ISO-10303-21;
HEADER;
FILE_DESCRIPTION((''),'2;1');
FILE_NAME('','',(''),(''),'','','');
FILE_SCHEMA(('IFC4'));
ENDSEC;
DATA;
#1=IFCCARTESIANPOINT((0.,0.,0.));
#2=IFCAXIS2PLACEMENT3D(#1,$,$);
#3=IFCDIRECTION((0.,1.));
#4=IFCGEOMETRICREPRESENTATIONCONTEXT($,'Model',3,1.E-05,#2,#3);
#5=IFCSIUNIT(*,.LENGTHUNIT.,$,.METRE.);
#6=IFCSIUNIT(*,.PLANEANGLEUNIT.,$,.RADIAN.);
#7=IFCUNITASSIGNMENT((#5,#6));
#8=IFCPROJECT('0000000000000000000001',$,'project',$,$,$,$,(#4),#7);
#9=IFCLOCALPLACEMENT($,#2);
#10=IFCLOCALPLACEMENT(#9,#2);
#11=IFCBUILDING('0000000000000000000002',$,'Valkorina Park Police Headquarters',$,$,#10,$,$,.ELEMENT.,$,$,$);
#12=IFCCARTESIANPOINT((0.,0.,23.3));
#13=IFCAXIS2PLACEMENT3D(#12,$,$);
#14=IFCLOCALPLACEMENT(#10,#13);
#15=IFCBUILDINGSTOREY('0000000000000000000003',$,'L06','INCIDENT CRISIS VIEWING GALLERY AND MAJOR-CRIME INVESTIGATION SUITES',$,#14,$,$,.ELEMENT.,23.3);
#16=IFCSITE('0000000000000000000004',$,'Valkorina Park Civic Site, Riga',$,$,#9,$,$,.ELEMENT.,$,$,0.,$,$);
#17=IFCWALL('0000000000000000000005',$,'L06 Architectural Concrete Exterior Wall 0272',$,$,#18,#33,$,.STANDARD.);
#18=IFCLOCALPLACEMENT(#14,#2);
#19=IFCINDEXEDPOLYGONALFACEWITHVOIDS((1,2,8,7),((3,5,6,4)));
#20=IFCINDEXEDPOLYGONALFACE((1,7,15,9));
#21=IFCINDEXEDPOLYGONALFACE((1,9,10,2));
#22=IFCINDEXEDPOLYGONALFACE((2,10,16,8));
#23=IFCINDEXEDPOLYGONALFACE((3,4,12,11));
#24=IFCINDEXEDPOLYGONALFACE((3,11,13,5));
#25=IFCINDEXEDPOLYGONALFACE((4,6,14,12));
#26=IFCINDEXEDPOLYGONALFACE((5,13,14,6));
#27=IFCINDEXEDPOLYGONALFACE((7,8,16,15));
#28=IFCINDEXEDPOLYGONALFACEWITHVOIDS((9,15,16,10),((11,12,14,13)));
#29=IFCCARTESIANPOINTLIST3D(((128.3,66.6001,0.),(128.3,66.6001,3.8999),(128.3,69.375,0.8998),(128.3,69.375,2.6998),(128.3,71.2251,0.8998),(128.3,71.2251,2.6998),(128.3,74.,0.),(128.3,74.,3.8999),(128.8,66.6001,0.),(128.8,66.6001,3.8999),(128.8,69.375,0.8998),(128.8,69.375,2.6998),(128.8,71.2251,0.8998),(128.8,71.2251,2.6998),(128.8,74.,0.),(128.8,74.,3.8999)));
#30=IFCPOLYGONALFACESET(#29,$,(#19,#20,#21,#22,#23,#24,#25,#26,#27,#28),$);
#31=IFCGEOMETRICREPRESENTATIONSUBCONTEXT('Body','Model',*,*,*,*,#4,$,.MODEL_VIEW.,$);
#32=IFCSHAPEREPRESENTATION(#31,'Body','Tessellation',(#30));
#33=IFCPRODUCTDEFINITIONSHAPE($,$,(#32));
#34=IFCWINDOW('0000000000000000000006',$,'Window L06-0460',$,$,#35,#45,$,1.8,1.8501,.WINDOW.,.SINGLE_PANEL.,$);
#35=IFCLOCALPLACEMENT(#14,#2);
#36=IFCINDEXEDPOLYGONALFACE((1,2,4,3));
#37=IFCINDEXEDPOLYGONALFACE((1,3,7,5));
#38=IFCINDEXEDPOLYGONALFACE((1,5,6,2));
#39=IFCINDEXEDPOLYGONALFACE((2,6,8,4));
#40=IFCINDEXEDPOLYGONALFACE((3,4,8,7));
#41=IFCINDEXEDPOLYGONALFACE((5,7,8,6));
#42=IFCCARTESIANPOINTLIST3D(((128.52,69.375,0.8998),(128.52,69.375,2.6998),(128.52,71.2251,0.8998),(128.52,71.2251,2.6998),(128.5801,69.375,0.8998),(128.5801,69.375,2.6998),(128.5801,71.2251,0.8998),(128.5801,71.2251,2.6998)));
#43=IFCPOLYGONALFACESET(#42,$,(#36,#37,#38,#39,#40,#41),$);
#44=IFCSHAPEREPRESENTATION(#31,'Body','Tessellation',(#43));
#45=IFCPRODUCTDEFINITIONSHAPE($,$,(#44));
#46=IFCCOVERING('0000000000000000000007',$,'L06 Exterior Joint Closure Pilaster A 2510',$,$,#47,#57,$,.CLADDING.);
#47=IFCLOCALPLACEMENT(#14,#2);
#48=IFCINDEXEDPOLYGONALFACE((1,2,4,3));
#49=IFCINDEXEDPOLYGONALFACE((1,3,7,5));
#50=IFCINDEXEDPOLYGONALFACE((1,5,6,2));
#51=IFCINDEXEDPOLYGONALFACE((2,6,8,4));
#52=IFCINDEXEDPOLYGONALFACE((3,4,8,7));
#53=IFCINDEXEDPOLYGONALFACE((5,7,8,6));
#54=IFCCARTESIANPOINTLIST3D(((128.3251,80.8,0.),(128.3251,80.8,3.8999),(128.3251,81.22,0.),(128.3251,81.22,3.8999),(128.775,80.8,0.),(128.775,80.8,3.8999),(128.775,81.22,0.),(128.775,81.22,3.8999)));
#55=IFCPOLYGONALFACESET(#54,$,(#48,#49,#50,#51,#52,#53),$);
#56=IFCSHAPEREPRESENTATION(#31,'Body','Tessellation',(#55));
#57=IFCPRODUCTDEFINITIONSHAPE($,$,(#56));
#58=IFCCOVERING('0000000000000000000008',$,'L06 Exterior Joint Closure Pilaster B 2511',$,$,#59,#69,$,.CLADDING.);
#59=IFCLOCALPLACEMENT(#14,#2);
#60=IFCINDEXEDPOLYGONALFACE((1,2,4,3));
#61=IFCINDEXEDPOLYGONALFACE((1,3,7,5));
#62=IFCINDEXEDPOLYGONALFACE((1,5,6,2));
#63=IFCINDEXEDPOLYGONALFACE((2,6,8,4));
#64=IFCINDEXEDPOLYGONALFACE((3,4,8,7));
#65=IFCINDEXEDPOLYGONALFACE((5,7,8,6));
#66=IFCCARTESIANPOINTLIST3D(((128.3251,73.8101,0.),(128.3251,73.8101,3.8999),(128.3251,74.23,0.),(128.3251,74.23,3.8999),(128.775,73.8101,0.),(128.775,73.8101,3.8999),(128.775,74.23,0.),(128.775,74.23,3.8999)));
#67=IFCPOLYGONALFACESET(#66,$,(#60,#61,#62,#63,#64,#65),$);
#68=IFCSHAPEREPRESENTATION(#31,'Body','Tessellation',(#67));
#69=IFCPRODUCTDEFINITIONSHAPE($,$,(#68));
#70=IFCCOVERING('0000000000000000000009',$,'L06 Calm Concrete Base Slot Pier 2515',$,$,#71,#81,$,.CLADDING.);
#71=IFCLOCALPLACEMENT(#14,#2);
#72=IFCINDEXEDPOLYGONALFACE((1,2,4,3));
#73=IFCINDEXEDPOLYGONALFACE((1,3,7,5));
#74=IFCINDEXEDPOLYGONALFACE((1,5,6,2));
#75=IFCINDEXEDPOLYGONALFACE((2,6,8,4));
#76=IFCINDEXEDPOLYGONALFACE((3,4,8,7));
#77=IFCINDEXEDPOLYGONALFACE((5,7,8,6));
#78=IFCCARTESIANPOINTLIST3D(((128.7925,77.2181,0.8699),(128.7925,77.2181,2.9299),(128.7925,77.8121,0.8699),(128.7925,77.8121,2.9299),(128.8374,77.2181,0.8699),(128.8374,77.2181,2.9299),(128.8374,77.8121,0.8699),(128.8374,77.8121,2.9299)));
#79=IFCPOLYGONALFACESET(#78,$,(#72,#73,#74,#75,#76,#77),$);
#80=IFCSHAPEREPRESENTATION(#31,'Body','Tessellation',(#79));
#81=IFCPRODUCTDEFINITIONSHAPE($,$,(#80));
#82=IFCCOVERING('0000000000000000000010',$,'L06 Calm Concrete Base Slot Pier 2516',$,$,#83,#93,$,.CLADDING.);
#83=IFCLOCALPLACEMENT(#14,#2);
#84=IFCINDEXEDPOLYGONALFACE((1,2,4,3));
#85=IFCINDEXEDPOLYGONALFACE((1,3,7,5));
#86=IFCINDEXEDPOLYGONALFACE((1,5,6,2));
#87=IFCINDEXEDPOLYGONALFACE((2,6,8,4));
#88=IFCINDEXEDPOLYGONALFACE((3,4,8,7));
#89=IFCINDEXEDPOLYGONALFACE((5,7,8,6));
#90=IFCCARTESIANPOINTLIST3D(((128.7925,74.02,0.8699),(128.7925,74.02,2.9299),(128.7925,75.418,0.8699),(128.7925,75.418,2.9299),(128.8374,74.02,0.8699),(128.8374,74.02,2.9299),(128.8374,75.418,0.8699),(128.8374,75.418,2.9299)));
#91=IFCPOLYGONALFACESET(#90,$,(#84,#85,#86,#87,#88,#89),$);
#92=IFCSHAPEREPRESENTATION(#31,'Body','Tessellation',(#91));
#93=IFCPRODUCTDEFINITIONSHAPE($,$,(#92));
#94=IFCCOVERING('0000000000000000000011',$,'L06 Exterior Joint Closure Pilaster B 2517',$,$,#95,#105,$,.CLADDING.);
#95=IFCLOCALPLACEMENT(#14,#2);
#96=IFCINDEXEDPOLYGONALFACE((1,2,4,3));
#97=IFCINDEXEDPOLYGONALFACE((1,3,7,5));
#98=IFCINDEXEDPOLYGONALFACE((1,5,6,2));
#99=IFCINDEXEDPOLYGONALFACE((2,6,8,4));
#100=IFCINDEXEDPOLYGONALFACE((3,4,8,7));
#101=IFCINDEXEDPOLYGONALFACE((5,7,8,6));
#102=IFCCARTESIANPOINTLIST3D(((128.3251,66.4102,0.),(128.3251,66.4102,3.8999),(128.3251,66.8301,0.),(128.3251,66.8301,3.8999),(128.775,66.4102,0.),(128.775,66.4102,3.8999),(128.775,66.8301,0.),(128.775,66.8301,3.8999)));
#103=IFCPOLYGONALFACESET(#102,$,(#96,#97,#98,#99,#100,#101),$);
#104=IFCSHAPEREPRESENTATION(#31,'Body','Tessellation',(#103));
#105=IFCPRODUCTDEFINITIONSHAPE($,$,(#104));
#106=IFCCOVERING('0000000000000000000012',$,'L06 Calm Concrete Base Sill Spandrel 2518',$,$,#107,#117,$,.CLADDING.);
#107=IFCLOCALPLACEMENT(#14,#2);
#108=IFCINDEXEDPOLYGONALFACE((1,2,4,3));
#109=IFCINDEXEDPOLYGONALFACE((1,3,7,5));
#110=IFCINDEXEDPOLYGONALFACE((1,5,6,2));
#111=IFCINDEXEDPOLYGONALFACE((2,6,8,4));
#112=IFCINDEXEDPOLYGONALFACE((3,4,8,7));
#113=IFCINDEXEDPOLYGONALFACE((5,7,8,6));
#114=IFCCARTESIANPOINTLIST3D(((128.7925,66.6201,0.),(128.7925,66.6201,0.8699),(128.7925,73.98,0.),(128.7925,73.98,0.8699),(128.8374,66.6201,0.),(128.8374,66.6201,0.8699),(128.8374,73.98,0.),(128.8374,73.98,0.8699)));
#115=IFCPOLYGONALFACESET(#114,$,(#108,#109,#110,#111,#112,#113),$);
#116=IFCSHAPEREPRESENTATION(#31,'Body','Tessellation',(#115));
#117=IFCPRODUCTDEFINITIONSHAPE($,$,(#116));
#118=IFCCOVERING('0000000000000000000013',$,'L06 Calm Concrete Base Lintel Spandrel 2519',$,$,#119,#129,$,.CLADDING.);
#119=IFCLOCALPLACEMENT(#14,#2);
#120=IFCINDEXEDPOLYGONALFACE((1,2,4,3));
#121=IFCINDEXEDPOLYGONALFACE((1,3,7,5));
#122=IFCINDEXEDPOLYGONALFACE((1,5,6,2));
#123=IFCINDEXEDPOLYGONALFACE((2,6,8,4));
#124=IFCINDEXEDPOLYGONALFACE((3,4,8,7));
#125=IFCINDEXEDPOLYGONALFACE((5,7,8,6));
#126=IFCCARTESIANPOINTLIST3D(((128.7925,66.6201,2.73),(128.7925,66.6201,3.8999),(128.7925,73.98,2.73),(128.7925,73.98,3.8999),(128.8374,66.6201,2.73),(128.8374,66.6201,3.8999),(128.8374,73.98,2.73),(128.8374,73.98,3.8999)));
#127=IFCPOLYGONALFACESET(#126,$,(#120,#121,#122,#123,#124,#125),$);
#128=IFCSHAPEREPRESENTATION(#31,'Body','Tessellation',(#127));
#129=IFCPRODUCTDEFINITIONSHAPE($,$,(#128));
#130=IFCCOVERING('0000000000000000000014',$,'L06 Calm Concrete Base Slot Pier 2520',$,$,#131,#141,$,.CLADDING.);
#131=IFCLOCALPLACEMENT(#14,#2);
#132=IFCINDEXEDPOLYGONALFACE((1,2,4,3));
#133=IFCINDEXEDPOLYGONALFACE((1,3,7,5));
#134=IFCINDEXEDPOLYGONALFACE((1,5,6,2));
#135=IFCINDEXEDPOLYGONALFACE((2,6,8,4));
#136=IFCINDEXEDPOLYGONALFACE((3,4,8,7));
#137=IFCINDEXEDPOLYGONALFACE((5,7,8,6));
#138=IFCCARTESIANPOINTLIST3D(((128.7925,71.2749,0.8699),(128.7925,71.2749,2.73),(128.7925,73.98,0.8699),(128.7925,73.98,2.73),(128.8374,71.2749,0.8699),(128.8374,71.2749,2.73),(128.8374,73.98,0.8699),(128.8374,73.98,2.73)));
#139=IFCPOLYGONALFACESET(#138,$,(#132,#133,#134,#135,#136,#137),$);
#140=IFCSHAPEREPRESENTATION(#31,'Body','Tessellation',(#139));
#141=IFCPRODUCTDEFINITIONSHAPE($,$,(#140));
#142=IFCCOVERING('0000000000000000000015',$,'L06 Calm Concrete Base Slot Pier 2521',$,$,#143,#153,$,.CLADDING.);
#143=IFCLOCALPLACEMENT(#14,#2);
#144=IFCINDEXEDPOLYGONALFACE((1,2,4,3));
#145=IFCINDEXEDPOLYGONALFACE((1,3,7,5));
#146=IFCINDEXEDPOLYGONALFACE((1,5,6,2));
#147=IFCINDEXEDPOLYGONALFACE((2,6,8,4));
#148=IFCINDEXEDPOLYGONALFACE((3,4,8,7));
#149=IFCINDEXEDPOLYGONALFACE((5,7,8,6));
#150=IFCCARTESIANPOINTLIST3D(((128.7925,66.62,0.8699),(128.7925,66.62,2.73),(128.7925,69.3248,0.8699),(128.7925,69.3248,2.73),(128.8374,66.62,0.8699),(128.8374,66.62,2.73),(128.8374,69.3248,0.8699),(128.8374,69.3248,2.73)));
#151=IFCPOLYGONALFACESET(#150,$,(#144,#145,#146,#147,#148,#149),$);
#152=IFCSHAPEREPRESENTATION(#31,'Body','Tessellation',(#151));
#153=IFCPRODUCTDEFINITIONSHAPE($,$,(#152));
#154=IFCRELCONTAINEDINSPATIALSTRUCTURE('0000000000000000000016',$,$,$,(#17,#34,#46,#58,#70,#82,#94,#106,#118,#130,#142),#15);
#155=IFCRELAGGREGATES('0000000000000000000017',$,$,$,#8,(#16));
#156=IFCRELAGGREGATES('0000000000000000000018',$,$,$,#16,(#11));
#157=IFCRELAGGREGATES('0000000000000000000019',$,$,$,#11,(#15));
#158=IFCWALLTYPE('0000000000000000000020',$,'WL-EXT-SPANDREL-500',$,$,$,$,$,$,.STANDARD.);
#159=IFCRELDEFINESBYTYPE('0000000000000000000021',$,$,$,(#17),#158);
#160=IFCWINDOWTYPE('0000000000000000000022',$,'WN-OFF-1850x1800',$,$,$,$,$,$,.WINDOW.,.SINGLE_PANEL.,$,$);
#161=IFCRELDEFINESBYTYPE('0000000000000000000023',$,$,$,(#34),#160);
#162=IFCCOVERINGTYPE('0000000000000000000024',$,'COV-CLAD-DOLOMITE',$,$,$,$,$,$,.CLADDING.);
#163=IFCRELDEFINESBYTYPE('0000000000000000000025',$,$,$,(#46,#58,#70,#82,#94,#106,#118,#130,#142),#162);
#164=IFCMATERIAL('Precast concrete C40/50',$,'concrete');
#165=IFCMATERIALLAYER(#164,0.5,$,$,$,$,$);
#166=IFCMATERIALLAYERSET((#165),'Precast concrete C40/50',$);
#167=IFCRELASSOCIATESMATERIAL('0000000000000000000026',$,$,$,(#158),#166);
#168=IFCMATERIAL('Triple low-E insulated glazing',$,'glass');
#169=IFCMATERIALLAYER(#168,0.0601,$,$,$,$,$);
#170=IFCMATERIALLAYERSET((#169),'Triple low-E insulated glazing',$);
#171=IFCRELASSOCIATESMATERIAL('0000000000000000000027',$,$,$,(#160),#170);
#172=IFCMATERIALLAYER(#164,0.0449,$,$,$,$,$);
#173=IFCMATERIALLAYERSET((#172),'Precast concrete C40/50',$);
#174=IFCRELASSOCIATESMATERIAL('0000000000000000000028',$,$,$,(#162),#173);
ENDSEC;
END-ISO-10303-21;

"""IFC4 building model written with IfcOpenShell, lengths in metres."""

from ifc_helpers import new_model, si_unit, direction, frame, frame_2d, origin, origin_2d, place, context, subcontext, project, spatial, rectangle, extrude, material, layer, layer_set, type_object, element, fill, save


model = new_model("IFC4")

# Units and contexts
model_context = context("Model", 3, precision=1e-05, world=origin(), true_north=direction((0.0, 1.0)))
body_context = subcontext(model_context, "Body", "Model", "MODEL_VIEW")
ifc_project = project(units=[si_unit("LENGTHUNIT", "METRE"), si_unit("PLANEANGLEUNIT", "RADIAN")], contexts=[model_context])

# Site, building, storey
site_placement = place(None, origin())
site = spatial("IfcSite", under=ifc_project, at=site_placement, Name="Valkorina Park Civic Site, Riga", CompositionType="ELEMENT", RefElevation=0.0)
building_placement = place(site_placement, origin())
building = spatial("IfcBuilding", under=site, at=building_placement, Name="Valkorina Park Police Headquarters", CompositionType="ELEMENT")
storey_placement = place(building_placement, frame((0.0, 0.0, 23.3)))
storey = spatial("IfcBuildingStorey", under=building, at=storey_placement, Name="L06", Description="INCIDENT CRISIS VIEWING GALLERY AND MAJOR-CRIME INVESTIGATION SUITES", CompositionType="ELEMENT", Elevation=23.3)

# Shared definitions
ifc_material_1 = material(Name="Precast concrete C40/50", Category="concrete")
ifc_layer_1 = layer(ifc_material_1, 0.5)
ifc_layer_set_1 = layer_set([ifc_layer_1], Name="Precast concrete C40/50")
wall_type = type_object("IfcWallType", Name="WL-EXT-SPANDREL-500", PredefinedType="STANDARD", material=ifc_layer_set_1)
ifc_material_2 = material(Name="Triple low-E insulated glazing", Category="glass")

# Wall, opening, window
wall_1_placement = place(storey_placement, frame((128.55, 74.0, 0.0), z_axis=(0.0, 0.0, 1.0), x_axis=(0.0, -1.0, 0.0)))
wall_1 = element("IfcWall", 1, at=wall_1_placement, inside=storey, type_object=wall_type, Name="L06 Architectural Concrete Exterior Wall 0272", PredefinedType="STANDARD", context=body_context, shape_type="SweptSolid", body=[
    extrude(rectangle(XDim=7.3999, YDim=0.5, at=frame_2d((3.7, 0.0))), origin(), (0.0, 0.0, 1.0), 3.8999),
])
opening_1_placement = place(wall_1_placement, frame((2.7749, 0.0, 0.8999)))
opening_1 = element("IfcOpeningElement", 2, at=opening_1_placement, cuts=wall_1, PredefinedType="OPENING", context=body_context, shape_type="SweptSolid", body=[
    extrude(rectangle(XDim=1.8501, YDim=1.8, at=frame_2d((0.925, 0.8999))), frame((0.0, 0.26, 0.0), z_axis=(0.0, -1.0, 0.0), x_axis=(1.0, 0.0, 0.0)), (0.0, 0.0, 1.0), 0.52),
])
ifc_layer_2 = layer(ifc_material_2, 0.0601)
ifc_layer_set_2 = layer_set([ifc_layer_2], Name="Triple low-E insulated glazing")
window_type_1 = type_object("IfcWindowType", Name="WN-OFF-1850x1800", PartitioningType="SINGLE_PANEL", PredefinedType="WINDOW", material=ifc_layer_set_2)
window_1_placement = place(opening_1_placement, origin())
window_1 = element("IfcWindow", 3, at=window_1_placement, inside=storey, type_object=window_type_1, Name="Window L06-0460", OverallHeight=1.8, OverallWidth=1.8501, PartitioningType="SINGLE_PANEL", PredefinedType="WINDOW", context=body_context, shape_type="SweptSolid", body=[
    extrude(rectangle(XDim=1.8501, YDim=1.8, at=frame_2d((0.925, 0.8999))), frame((0.0, 0.03, 0.0), z_axis=(0.0, -1.0, 0.0), x_axis=(1.0, 0.0, 0.0)), (0.0, 0.0, 1.0), 0.0601),
])
fill(opening_1, window_1)

# Coverings
ifc_layer_3 = layer(ifc_material_1, 0.0449)
ifc_layer_set_3 = layer_set([ifc_layer_3], Name="Precast concrete C40/50")
covering_type = type_object("IfcCoveringType", Name="COV-CLAD-DOLOMITE", PredefinedType="CLADDING", material=ifc_layer_set_3)
for number, where, z_axis, x_axis, name in (
    (4, (128.55, 81.01, 0.0), (0.0, 0.0, 1.0), (0.0, 1.0, 0.0), "L06 Exterior Joint Closure Pilaster A 2510"),
    (5, (128.55, 74.02, 0.0), (0.0, 0.0, 1.0), (0.0, 1.0, 0.0), "L06 Exterior Joint Closure Pilaster B 2511"),
):
    element("IfcCovering", number, at=place(storey_placement, frame(where, z_axis=z_axis, x_axis=x_axis)), inside=storey, type_object=covering_type, Name=name, PredefinedType="CLADDING", context=body_context, shape_type="SweptSolid", body=[
        extrude(rectangle(XDim=0.4199, YDim=0.45, at=origin_2d()), origin(), (0.0, 0.0, 1.0), 3.8999),
    ])
covering_1_placement = place(storey_placement, frame((128.8149, 77.812, 0.8699), z_axis=(0.0, 0.0, 1.0), x_axis=(0.0, -1.0, 0.0)))
element("IfcCovering", 6, at=covering_1_placement, inside=storey, type_object=covering_type, Name="L06 Calm Concrete Base Slot Pier 2515", PredefinedType="CLADDING", context=body_context, shape_type="SweptSolid", body=[
    extrude(rectangle(XDim=0.594, YDim=0.0449, at=frame_2d((0.2969, 0.0))), origin(), (0.0, 0.0, 1.0), 2.0601),
])
covering_2_placement = place(storey_placement, frame((128.8149, 75.418, 0.8699), z_axis=(0.0, 0.0, 1.0), x_axis=(0.0, -1.0, 0.0)))
element("IfcCovering", 7, at=covering_2_placement, inside=storey, type_object=covering_type, Name="L06 Calm Concrete Base Slot Pier 2516", PredefinedType="CLADDING", context=body_context, shape_type="SweptSolid", body=[
    extrude(rectangle(XDim=1.3979, YDim=0.0449, at=frame_2d((0.699, 0.0))), origin(), (0.0, 0.0, 1.0), 2.0601),
])
covering_3_placement = place(storey_placement, frame((128.55, 66.6201, 0.0), z_axis=(0.0, 0.0, 1.0), x_axis=(0.0, 1.0, 0.0)))
element("IfcCovering", 8, at=covering_3_placement, inside=storey, type_object=covering_type, Name="L06 Exterior Joint Closure Pilaster B 2517", PredefinedType="CLADDING", context=body_context, shape_type="SweptSolid", body=[
    extrude(rectangle(XDim=0.4199, YDim=0.45, at=origin_2d()), origin(), (0.0, 0.0, 1.0), 3.8999),
])
covering_4_placement = place(storey_placement, frame((128.8149, 73.98, 0.0), z_axis=(0.0, 0.0, 1.0), x_axis=(0.0, -1.0, 0.0)))
element("IfcCovering", 9, at=covering_4_placement, inside=storey, type_object=covering_type, Name="L06 Calm Concrete Base Sill Spandrel 2518", PredefinedType="CLADDING", context=body_context, shape_type="SweptSolid", body=[
    extrude(rectangle(XDim=7.3599, YDim=0.0449, at=frame_2d((3.6799, 0.0))), origin(), (0.0, 0.0, 1.0), 0.8699),
])
covering_5_placement = place(storey_placement, frame((128.8149, 73.98, 2.73), z_axis=(0.0, 0.0, 1.0), x_axis=(0.0, -1.0, 0.0)))
element("IfcCovering", 10, at=covering_5_placement, inside=storey, type_object=covering_type, Name="L06 Calm Concrete Base Lintel Spandrel 2519", PredefinedType="CLADDING", context=body_context, shape_type="SweptSolid", body=[
    extrude(rectangle(XDim=7.3599, YDim=0.0449, at=frame_2d((3.6799, 0.0))), origin(), (0.0, 0.0, 1.0), 1.1699),
])
covering_6_placement = place(storey_placement, frame((128.8149, 73.98, 0.8699), z_axis=(0.0, 0.0, 1.0), x_axis=(0.0, -1.0, 0.0)))
element("IfcCovering", 11, at=covering_6_placement, inside=storey, type_object=covering_type, Name="L06 Calm Concrete Base Slot Pier 2520", PredefinedType="CLADDING", context=body_context, shape_type="SweptSolid", body=[
    extrude(rectangle(XDim=2.7051, YDim=0.0449, at=frame_2d((1.3525, 0.0))), origin(), (0.0, 0.0, 1.0), 1.8601),
])
covering_7_placement = place(storey_placement, frame((128.8149, 69.325, 0.8699), z_axis=(0.0, 0.0, 1.0), x_axis=(0.0, -1.0, 0.0)))
element("IfcCovering", 12, at=covering_7_placement, inside=storey, type_object=covering_type, Name="L06 Calm Concrete Base Slot Pier 2521", PredefinedType="CLADDING", context=body_context, shape_type="SweptSolid", body=[
    extrude(rectangle(XDim=2.7048, YDim=0.0449, at=frame_2d((1.3525, 0.0))), origin(), (0.0, 0.0, 1.0), 1.8601),
])

save(model, "model.ifc")
